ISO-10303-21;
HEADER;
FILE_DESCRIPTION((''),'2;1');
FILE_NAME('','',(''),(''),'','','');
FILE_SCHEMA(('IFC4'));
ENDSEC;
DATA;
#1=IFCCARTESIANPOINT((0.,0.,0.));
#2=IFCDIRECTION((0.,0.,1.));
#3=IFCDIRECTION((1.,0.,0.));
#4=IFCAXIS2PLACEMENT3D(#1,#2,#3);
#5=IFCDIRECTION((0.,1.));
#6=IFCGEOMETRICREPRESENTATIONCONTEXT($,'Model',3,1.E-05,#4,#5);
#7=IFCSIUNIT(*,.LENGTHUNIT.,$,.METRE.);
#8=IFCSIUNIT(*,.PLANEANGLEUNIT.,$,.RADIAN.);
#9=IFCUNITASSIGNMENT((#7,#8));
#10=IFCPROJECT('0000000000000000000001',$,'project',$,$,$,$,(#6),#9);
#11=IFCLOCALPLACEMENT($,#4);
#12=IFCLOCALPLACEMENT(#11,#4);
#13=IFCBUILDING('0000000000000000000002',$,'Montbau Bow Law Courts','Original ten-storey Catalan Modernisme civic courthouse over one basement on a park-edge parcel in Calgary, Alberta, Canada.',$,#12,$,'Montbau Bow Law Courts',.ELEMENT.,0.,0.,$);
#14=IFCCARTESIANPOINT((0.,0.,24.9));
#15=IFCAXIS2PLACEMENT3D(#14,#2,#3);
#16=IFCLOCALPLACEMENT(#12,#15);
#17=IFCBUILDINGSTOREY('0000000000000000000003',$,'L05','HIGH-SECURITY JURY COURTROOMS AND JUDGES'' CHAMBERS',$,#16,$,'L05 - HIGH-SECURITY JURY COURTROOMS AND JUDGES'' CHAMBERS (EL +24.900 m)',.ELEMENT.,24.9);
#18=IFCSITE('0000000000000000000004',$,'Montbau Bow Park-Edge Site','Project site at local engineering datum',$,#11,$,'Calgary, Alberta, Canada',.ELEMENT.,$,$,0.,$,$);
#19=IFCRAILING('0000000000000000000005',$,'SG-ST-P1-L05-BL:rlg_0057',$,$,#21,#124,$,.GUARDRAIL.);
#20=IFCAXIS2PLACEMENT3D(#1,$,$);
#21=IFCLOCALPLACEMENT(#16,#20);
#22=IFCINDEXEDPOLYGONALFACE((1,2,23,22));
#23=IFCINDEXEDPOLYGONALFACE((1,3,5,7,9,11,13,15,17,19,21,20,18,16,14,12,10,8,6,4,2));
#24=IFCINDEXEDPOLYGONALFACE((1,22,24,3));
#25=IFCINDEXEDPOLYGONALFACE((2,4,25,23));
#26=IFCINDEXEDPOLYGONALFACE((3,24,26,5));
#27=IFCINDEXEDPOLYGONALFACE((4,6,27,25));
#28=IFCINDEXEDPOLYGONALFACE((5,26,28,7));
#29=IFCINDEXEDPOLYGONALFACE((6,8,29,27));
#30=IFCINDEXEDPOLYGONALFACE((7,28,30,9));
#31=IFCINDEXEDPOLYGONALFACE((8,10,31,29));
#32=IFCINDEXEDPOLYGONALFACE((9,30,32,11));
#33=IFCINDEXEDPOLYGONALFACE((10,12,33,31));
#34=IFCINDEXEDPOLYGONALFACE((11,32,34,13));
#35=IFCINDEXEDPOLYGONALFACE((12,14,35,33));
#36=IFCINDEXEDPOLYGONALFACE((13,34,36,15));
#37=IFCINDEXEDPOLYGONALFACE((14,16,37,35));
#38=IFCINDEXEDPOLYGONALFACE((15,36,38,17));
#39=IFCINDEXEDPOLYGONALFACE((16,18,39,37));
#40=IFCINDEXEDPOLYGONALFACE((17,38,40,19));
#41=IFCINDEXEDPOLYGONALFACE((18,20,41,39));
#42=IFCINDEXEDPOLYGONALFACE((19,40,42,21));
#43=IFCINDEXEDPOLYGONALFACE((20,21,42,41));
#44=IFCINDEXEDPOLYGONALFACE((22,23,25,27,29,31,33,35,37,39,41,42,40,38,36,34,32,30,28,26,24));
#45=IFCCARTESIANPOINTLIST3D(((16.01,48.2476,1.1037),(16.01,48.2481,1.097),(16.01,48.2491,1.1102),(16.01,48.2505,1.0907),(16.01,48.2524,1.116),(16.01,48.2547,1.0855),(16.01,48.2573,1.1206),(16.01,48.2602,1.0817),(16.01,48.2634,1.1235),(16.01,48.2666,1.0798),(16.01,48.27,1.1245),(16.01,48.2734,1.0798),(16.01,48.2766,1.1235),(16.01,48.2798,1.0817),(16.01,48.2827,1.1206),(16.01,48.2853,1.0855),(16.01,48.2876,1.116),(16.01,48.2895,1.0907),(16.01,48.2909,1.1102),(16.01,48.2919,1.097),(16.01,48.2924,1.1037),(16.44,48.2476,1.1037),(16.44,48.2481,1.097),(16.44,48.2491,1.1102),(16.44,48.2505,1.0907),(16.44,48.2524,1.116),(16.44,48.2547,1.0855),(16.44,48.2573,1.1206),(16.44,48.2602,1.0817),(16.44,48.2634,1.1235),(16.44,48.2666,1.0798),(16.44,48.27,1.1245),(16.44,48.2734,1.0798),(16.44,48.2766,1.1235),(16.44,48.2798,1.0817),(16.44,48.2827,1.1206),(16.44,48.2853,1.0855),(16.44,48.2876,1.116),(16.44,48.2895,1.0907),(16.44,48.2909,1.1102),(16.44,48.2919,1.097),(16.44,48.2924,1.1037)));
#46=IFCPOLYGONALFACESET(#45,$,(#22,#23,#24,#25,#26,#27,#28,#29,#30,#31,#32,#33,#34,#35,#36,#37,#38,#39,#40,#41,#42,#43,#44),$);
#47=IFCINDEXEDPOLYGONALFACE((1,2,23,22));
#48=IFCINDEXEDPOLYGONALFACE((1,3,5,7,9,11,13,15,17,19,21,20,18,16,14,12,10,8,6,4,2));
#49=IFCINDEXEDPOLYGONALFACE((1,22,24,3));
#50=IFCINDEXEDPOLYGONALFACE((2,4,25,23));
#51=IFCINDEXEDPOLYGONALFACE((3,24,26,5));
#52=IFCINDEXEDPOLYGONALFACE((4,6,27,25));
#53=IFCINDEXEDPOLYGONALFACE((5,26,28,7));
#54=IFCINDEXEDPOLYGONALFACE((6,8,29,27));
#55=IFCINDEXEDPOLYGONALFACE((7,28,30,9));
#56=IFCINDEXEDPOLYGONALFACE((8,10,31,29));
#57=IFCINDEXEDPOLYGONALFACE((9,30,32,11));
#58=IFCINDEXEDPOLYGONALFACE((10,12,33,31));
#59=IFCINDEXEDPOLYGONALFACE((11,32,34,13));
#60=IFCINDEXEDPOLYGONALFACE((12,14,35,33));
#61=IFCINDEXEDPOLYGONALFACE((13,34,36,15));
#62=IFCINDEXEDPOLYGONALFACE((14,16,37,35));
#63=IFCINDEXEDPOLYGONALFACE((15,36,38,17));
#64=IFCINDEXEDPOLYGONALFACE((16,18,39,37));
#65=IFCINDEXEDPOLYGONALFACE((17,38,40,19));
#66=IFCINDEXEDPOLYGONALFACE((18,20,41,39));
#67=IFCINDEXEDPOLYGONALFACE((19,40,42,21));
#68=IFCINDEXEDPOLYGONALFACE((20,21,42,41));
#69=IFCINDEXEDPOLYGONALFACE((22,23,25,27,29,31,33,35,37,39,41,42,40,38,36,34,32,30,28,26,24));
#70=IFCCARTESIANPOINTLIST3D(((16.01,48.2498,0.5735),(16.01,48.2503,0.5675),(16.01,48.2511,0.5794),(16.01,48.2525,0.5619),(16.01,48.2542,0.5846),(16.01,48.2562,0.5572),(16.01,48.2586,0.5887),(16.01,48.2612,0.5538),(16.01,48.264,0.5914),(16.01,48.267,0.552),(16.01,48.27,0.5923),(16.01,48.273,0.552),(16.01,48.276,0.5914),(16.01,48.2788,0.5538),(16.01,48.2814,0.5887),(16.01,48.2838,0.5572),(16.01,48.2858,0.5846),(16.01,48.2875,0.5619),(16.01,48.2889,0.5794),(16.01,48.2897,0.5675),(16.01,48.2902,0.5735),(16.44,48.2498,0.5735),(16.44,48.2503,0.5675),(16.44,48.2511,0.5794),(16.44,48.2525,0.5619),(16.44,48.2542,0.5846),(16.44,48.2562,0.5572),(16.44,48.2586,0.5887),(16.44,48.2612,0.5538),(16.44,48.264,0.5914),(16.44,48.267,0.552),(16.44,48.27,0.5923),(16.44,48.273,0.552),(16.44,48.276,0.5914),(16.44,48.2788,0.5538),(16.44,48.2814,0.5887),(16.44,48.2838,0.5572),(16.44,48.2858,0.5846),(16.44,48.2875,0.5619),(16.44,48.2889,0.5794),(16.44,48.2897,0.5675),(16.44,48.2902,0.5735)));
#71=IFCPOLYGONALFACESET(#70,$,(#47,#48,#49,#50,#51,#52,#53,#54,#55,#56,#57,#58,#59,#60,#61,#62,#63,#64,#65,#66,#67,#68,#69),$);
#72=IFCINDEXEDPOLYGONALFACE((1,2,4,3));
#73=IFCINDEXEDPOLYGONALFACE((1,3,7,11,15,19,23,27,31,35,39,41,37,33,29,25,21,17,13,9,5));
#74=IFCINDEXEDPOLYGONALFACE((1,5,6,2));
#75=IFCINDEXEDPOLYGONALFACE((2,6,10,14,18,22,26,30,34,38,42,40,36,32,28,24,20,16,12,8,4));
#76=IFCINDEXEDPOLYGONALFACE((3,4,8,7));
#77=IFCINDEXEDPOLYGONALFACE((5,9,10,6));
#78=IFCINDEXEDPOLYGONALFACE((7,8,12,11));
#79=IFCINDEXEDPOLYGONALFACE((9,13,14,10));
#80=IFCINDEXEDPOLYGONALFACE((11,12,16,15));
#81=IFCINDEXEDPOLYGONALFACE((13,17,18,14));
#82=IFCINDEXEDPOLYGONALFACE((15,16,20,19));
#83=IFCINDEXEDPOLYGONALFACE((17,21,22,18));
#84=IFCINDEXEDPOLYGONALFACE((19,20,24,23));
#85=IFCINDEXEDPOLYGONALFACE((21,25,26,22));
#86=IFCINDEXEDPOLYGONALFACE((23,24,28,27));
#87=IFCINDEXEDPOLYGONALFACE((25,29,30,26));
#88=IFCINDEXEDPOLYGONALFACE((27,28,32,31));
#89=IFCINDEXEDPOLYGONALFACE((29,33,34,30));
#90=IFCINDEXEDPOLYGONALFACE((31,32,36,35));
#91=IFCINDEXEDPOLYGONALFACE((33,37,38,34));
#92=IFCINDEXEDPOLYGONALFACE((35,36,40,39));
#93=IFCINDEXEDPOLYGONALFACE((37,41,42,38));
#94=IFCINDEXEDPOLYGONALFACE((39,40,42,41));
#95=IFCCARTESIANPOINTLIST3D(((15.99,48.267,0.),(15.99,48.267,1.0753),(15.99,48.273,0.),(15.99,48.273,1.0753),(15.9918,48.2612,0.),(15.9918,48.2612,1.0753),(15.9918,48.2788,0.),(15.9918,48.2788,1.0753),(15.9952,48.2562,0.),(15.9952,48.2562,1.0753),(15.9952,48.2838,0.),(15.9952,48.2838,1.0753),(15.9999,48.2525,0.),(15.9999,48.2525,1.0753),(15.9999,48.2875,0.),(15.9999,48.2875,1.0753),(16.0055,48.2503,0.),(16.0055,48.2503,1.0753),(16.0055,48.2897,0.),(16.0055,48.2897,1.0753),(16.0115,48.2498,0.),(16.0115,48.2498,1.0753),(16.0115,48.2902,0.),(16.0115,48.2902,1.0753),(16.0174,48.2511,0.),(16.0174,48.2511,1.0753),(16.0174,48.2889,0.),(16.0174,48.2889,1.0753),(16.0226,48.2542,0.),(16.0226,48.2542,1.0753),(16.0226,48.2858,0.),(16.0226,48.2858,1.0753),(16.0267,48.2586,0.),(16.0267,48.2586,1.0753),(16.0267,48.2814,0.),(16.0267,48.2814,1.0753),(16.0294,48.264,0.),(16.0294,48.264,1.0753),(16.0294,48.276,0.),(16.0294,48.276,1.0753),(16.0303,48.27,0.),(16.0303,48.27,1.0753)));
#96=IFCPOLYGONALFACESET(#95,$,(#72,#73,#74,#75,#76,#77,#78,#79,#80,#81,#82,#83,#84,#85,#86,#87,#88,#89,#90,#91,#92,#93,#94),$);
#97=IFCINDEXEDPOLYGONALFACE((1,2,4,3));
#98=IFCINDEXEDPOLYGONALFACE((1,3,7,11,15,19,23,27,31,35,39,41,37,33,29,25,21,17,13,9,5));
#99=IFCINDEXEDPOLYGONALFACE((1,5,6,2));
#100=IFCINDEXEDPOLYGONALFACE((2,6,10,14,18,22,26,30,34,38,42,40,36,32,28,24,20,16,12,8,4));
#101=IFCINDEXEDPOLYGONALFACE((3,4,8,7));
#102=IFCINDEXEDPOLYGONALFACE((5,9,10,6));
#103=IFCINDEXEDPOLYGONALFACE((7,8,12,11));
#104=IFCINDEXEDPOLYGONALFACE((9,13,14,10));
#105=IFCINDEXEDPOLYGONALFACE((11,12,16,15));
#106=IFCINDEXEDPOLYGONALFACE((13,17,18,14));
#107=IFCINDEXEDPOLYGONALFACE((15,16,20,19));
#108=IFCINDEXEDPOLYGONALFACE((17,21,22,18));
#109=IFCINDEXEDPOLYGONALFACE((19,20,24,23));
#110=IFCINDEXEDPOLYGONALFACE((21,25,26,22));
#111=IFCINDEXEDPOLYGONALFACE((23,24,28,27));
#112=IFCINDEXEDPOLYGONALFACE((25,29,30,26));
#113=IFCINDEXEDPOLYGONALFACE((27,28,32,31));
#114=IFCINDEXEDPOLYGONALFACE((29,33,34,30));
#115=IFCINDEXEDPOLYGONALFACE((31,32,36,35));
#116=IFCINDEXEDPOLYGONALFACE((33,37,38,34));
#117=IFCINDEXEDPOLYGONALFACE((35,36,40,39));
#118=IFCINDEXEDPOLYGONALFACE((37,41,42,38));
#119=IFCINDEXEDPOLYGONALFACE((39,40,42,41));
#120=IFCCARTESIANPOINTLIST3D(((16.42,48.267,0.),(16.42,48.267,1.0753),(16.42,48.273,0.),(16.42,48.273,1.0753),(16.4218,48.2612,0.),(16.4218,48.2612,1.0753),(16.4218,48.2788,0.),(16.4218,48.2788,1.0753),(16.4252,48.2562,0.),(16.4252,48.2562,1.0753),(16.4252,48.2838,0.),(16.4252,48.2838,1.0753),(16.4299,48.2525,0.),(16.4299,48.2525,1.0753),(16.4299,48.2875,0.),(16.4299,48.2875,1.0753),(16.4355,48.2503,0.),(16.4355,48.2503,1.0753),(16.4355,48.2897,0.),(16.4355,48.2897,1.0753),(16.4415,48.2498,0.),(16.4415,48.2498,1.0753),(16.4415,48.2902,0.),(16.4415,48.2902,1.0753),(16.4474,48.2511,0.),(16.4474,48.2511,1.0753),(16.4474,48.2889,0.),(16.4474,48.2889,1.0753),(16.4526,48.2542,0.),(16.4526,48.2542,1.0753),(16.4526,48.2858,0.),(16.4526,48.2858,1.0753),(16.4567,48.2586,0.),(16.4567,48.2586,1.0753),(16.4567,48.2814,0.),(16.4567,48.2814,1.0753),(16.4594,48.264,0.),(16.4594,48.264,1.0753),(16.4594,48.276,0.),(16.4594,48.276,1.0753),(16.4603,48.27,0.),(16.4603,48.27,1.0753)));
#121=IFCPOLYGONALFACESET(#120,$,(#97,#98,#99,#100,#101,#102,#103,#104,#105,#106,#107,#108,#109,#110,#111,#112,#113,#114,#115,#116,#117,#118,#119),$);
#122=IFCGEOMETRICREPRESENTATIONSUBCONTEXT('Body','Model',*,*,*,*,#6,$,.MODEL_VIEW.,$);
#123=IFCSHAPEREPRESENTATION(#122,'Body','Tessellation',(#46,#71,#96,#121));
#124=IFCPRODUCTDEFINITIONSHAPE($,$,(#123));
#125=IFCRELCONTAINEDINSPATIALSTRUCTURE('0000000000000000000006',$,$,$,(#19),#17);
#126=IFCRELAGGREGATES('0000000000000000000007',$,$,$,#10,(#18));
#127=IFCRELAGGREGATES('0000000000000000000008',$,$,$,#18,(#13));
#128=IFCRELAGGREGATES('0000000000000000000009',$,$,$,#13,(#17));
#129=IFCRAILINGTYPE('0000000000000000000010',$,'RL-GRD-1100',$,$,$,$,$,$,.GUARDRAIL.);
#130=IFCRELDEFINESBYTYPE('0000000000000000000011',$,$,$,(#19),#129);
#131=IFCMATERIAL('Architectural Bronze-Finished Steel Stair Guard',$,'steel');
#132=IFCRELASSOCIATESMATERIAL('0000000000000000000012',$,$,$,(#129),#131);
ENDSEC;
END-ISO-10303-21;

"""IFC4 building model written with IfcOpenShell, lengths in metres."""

from ifc_helpers import new_model, si_unit, direction, frame, origin_with_axes, origin_2d_with_axis, place, context, subcontext, project, spatial, circle, extrude, material, type_object, element, save


model = new_model("IFC4")

# Units and contexts
model_context = context("Model", 3, precision=1e-05, world=origin_with_axes(), true_north=direction((0.0, 1.0)))
body_context = subcontext(model_context, "Body", "Model", "MODEL_VIEW")
ifc_project = project(units=[si_unit("LENGTHUNIT", "METRE"), si_unit("PLANEANGLEUNIT", "RADIAN")], contexts=[model_context])

# Site, building, storey
site_placement = place(None, origin_with_axes())
site = spatial("IfcSite", under=ifc_project, at=site_placement, Name="Montbau Bow Park-Edge Site", Description="Project site at local engineering datum", LongName="Calgary, Alberta, Canada", CompositionType="ELEMENT", RefElevation=0.0)
building_placement = place(site_placement, origin_with_axes())
building = spatial("IfcBuilding", under=site, at=building_placement, Name="Montbau Bow Law Courts", Description="Original ten-storey Catalan Modernisme civic courthouse over one basement on a park-edge parcel in Calgary, Alberta, Canada.", LongName="Montbau Bow Law Courts", CompositionType="ELEMENT", ElevationOfRefHeight=0.0, ElevationOfTerrain=0.0)
storey_placement = place(building_placement, frame((0.0, 0.0, 24.9), z_axis=(0.0, 0.0, 1.0), x_axis=(1.0, 0.0, 0.0)))
storey = spatial("IfcBuildingStorey", under=building, at=storey_placement, Name="L05", Description="HIGH-SECURITY JURY COURTROOMS AND JUDGES' CHAMBERS", LongName="L05 - HIGH-SECURITY JURY COURTROOMS AND JUDGES' CHAMBERS (EL +24.900 m)", CompositionType="ELEMENT", Elevation=24.9)

# Railing
ifc_material_1 = material(Name="Architectural Bronze-Finished Steel Stair Guard", Category="steel")
railing_type_1 = type_object("IfcRailingType", Name="RL-GRD-1100", PredefinedType="GUARDRAIL", material=ifc_material_1)
railing_1_placement = place(None, origin_with_axes())
element("IfcRailing", 1, at=railing_1_placement, inside=storey, type_object=railing_type_1, Name="SG-ST-P1-L05-BL:rlg_0057", PredefinedType="GUARDRAIL", context=body_context, shape_type="SweptSolid", body=[
    extrude(circle(Radius=0.0225, at=origin_2d_with_axis()), frame((16.01, 48.27, 26.002), z_axis=(1.0, 0.0, 0.0), x_axis=(0.0, 0.0, 1.0)), (0.0, 0.0, 1.0), 0.43),
    extrude(circle(Radius=0.0203, at=origin_2d_with_axis()), frame((16.01, 48.27, 25.472), z_axis=(1.0, 0.0, 0.0), x_axis=(0.0, 0.0, 1.0)), (0.0, 0.0, 1.0), 0.43),
    extrude(circle(Radius=0.0203, at=origin_2d_with_axis()), frame((16.01, 48.27, 24.9), z_axis=(0.0, 0.0, 1.0), x_axis=(1.0, 0.0, 0.0)), (0.0, 0.0, 1.0), 1.0753),
    extrude(circle(Radius=0.0203, at=origin_2d_with_axis()), frame((16.44, 48.27, 24.9), z_axis=(0.0, 0.0, 1.0), x_axis=(1.0, 0.0, 0.0)), (0.0, 0.0, 1.0), 1.0753),
])

save(model, "model.ifc")
